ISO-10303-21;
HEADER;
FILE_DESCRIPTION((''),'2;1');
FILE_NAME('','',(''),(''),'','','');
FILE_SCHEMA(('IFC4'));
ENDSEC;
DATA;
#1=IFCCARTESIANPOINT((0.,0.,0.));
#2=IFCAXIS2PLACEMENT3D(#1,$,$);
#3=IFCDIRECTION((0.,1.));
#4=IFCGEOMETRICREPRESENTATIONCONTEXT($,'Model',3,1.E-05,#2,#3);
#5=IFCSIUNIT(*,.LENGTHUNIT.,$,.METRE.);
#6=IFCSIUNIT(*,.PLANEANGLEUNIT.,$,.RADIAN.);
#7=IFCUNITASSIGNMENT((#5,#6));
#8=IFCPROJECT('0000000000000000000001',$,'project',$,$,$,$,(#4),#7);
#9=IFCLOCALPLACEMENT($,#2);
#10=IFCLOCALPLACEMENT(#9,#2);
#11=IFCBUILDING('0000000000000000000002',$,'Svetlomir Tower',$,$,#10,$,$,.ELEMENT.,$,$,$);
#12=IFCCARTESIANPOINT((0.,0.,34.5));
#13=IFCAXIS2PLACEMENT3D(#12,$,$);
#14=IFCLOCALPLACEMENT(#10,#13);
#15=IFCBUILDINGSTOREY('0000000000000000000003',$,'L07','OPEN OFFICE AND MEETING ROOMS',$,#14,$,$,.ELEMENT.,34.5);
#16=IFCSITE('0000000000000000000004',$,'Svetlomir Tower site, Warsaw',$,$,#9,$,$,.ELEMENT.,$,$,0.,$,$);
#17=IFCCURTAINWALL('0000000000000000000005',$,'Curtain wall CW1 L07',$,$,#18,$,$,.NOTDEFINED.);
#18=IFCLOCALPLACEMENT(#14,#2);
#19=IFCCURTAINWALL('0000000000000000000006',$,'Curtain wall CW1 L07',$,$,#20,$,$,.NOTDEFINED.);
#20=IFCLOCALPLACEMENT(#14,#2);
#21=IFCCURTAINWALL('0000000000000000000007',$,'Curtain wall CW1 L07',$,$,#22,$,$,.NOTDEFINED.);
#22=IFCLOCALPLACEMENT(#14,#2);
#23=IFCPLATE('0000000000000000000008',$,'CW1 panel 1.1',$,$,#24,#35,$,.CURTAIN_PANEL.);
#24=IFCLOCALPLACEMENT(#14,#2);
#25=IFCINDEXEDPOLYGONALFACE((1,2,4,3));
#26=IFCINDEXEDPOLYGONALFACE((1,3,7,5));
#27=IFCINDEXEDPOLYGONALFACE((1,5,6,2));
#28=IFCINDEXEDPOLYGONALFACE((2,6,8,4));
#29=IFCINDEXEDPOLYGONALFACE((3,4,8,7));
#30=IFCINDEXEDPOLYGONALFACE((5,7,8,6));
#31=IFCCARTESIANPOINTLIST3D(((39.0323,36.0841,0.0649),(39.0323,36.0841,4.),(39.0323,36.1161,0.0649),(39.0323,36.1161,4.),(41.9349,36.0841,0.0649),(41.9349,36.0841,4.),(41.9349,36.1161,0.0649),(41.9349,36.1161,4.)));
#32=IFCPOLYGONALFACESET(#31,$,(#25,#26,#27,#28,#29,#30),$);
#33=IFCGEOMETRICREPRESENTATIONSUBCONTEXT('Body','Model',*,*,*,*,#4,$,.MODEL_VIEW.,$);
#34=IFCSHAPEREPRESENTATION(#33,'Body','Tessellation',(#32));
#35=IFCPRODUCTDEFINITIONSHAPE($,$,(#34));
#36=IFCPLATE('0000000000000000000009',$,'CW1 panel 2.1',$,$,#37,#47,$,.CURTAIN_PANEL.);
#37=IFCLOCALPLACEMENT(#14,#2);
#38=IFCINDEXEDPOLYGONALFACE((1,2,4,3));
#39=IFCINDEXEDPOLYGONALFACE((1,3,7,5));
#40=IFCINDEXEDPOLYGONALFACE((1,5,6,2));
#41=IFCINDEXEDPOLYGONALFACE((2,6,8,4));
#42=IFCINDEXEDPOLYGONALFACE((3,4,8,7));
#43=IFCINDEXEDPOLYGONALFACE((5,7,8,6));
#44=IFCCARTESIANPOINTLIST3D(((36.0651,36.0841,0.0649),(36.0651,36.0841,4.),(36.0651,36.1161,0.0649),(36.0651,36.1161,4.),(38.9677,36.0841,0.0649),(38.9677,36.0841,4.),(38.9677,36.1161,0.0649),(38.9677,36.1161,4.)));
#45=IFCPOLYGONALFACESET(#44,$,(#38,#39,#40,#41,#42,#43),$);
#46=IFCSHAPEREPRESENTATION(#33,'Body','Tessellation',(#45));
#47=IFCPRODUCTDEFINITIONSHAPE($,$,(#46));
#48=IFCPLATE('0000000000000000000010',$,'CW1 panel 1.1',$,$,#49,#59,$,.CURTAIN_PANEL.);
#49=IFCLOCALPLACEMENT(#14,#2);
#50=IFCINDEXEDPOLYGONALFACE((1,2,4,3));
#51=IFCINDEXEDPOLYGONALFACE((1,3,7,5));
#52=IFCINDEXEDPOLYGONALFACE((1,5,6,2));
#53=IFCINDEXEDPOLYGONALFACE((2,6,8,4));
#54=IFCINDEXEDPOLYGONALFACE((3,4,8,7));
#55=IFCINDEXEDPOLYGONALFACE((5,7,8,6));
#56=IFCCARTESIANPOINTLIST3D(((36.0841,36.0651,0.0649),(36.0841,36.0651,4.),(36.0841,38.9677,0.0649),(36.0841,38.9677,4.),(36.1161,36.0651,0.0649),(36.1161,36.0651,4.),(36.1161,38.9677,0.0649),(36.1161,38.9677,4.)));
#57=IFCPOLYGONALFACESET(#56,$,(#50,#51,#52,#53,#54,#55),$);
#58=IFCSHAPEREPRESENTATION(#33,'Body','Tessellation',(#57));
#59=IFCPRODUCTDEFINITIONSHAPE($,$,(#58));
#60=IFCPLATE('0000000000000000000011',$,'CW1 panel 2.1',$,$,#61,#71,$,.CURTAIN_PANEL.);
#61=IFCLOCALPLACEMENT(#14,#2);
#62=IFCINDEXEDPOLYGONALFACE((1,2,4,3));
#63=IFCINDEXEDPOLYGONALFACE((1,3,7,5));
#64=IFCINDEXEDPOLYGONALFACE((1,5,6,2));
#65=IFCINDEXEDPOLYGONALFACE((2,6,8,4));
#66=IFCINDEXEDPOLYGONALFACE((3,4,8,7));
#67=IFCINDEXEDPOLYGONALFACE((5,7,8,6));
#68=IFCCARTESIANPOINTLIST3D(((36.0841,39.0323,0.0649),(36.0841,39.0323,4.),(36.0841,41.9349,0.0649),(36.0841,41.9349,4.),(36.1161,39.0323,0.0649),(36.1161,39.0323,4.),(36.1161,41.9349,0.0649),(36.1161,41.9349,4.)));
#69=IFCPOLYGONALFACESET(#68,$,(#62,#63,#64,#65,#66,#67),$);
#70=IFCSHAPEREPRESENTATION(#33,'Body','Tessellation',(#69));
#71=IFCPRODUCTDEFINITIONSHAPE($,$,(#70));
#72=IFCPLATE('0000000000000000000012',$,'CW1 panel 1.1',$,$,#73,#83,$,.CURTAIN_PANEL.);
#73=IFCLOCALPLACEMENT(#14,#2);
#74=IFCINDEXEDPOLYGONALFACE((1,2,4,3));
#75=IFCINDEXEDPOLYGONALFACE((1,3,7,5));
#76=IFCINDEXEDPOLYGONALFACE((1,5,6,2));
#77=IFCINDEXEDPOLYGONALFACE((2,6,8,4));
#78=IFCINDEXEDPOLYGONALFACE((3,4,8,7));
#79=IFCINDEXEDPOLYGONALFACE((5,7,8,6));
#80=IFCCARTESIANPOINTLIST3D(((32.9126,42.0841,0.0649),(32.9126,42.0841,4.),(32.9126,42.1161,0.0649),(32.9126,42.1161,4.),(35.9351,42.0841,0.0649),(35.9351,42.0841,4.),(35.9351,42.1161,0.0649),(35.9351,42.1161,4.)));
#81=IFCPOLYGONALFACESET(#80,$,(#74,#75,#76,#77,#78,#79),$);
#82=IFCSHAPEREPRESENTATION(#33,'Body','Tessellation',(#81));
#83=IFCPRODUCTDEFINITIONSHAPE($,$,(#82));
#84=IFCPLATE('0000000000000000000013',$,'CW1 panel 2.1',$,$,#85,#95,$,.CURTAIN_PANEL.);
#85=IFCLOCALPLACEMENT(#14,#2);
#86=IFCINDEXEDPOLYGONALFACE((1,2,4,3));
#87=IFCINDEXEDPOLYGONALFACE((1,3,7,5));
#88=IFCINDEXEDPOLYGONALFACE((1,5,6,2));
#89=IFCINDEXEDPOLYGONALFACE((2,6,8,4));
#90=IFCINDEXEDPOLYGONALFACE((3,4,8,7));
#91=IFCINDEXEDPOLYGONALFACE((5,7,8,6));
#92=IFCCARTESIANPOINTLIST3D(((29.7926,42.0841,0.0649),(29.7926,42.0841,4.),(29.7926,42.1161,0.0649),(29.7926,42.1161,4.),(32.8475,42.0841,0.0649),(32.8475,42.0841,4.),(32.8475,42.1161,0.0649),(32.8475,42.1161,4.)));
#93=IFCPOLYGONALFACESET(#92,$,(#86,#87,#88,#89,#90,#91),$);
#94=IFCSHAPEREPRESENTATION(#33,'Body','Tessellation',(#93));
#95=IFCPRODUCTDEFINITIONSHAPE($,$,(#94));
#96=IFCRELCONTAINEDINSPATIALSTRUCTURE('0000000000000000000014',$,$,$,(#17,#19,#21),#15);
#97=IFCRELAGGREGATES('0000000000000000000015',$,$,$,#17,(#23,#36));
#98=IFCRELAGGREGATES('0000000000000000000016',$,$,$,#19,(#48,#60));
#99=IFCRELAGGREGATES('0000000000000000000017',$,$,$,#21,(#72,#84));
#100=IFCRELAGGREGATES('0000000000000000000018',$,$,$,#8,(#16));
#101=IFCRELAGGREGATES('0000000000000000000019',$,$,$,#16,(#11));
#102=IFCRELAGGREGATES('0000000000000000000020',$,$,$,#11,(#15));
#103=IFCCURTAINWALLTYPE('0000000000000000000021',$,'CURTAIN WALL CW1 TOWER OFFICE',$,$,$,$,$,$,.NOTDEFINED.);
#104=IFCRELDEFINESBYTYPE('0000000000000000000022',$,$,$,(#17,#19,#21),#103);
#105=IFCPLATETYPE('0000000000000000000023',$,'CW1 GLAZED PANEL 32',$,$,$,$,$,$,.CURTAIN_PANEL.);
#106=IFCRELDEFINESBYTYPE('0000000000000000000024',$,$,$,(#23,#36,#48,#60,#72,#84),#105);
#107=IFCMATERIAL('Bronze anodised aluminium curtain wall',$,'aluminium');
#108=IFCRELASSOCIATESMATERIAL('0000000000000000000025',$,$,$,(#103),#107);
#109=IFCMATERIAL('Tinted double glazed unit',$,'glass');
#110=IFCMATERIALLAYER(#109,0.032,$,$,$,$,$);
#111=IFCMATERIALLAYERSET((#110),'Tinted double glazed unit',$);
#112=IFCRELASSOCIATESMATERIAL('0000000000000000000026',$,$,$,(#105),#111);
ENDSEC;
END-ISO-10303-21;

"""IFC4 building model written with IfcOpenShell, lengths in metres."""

from ifc_helpers import new_model, si_unit, direction, frame, origin, origin_2d, place, context, subcontext, project, spatial, rectangle, extrude, material, layer, layer_set, type_object, element, aggregate, save


model = new_model("IFC4")

# Units and contexts
model_context = context("Model", 3, precision=1e-05, world=origin(), true_north=direction((0.0, 1.0)))
body_context = subcontext(model_context, "Body", "Model", "MODEL_VIEW")
ifc_project = project(units=[si_unit("LENGTHUNIT", "METRE"), si_unit("PLANEANGLEUNIT", "RADIAN")], contexts=[model_context])

# Site, building, storey
site_placement = place(None, origin())
site = spatial("IfcSite", under=ifc_project, at=site_placement, Name="Svetlomir Tower site, Warsaw", CompositionType="ELEMENT", RefElevation=0.0)
building_placement = place(site_placement, origin())
building = spatial("IfcBuilding", under=site, at=building_placement, Name="Svetlomir Tower", CompositionType="ELEMENT")
storey_placement = place(building_placement, frame((0.0, 0.0, 34.5)))
storey = spatial("IfcBuildingStorey", under=building, at=storey_placement, Name="L07", Description="OPEN OFFICE AND MEETING ROOMS", CompositionType="ELEMENT", Elevation=34.5)

# Curtain walls
ifc_material_1 = material(Name="Bronze anodised aluminium curtain wall", Category="aluminium")
curtain_wall_type = type_object("IfcCurtainWallType", Name="CURTAIN WALL CW1 TOWER OFFICE", PredefinedType="NOTDEFINED", material=ifc_material_1)
curtain_wall_1_placement = place(storey_placement, origin())
curtain_wall_1 = element("IfcCurtainWall", 1, at=curtain_wall_1_placement, inside=storey, type_object=curtain_wall_type, Name="Curtain wall CW1 L07", PredefinedType="NOTDEFINED")
curtain_wall_2_placement = place(storey_placement, origin())
curtain_wall_2 = element("IfcCurtainWall", 2, at=curtain_wall_2_placement, inside=storey, type_object=curtain_wall_type, Name="Curtain wall CW1 L07", PredefinedType="NOTDEFINED")
curtain_wall_3_placement = place(storey_placement, origin())
curtain_wall_3 = element("IfcCurtainWall", 3, at=curtain_wall_3_placement, inside=storey, type_object=curtain_wall_type, Name="Curtain wall CW1 L07", PredefinedType="NOTDEFINED")

# Plates
ifc_material_2 = material(Name="Tinted double glazed unit", Category="glass")
ifc_layer = layer(ifc_material_2, 0.032)
ifc_layer_set = layer_set([ifc_layer], Name="Tinted double glazed unit")
plate_type = type_object("IfcPlateType", Name="CW1 GLAZED PANEL 32", PredefinedType="CURTAIN_PANEL", material=ifc_layer_set)
plate_1_placement = place(storey_placement, frame((40.4836, 36.1001, 0.0649), z_axis=(0.0, 0.0, 1.0), x_axis=(-1.0, 0.0, 0.0)))
plate_1 = element("IfcPlate", 4, at=plate_1_placement, type_object=plate_type, Name="CW1 panel 1.1", PredefinedType="CURTAIN_PANEL", context=body_context, shape_type="SweptSolid", body=[
    extrude(rectangle(XDim=2.9026, YDim=0.032, at=origin_2d()), origin(), (0.0, 0.0, 1.0), 3.9351),
])
plate_2_placement = place(storey_placement, frame((37.5164, 36.1001, 0.0649), z_axis=(0.0, 0.0, 1.0), x_axis=(-1.0, 0.0, 0.0)))
plate_2 = element("IfcPlate", 5, at=plate_2_placement, type_object=plate_type, Name="CW1 panel 2.1", PredefinedType="CURTAIN_PANEL", context=body_context, shape_type="SweptSolid", body=[
    extrude(rectangle(XDim=2.9026, YDim=0.032, at=origin_2d()), origin(), (0.0, 0.0, 1.0), 3.9351),
])
aggregate(curtain_wall_1, [plate_1, plate_2])
plate_3_placement = place(storey_placement, frame((36.1001, 37.5164, 0.0649), z_axis=(0.0, 0.0, 1.0), x_axis=(0.0, 1.0, 0.0)))
plate_3 = element("IfcPlate", 6, at=plate_3_placement, type_object=plate_type, Name="CW1 panel 1.1", PredefinedType="CURTAIN_PANEL", context=body_context, shape_type="SweptSolid", body=[
    extrude(rectangle(XDim=2.9026, YDim=0.032, at=origin_2d()), origin(), (0.0, 0.0, 1.0), 3.9351),
])
plate_4_placement = place(storey_placement, frame((36.1001, 40.4836, 0.0649), z_axis=(0.0, 0.0, 1.0), x_axis=(0.0, 1.0, 0.0)))
plate_4 = element("IfcPlate", 7, at=plate_4_placement, type_object=plate_type, Name="CW1 panel 2.1", PredefinedType="CURTAIN_PANEL", context=body_context, shape_type="SweptSolid", body=[
    extrude(rectangle(XDim=2.9026, YDim=0.032, at=origin_2d()), origin(), (0.0, 0.0, 1.0), 3.9351),
])
aggregate(curtain_wall_2, [plate_3, plate_4])
plate_5_placement = place(storey_placement, frame((34.4238, 42.1001, 0.0649), z_axis=(0.0, 0.0, 1.0), x_axis=(-1.0, 0.0, 0.0)))
plate_5 = element("IfcPlate", 8, at=plate_5_placement, type_object=plate_type, Name="CW1 panel 1.1", PredefinedType="CURTAIN_PANEL", context=body_context, shape_type="SweptSolid", body=[
    extrude(rectangle(XDim=3.0225, YDim=0.032, at=origin_2d()), origin(), (0.0, 0.0, 1.0), 3.9351),
])
plate_6_placement = place(storey_placement, frame((31.3201, 42.1001, 0.0649), z_axis=(0.0, 0.0, 1.0), x_axis=(-1.0, 0.0, 0.0)))
plate_6 = element("IfcPlate", 9, at=plate_6_placement, type_object=plate_type, Name="CW1 panel 2.1", PredefinedType="CURTAIN_PANEL", context=body_context, shape_type="SweptSolid", body=[
    extrude(rectangle(XDim=3.0549, YDim=0.032, at=origin_2d()), origin(), (0.0, 0.0, 1.0), 3.9351),
])
aggregate(curtain_wall_3, [plate_5, plate_6])

save(model, "model.ifc")
